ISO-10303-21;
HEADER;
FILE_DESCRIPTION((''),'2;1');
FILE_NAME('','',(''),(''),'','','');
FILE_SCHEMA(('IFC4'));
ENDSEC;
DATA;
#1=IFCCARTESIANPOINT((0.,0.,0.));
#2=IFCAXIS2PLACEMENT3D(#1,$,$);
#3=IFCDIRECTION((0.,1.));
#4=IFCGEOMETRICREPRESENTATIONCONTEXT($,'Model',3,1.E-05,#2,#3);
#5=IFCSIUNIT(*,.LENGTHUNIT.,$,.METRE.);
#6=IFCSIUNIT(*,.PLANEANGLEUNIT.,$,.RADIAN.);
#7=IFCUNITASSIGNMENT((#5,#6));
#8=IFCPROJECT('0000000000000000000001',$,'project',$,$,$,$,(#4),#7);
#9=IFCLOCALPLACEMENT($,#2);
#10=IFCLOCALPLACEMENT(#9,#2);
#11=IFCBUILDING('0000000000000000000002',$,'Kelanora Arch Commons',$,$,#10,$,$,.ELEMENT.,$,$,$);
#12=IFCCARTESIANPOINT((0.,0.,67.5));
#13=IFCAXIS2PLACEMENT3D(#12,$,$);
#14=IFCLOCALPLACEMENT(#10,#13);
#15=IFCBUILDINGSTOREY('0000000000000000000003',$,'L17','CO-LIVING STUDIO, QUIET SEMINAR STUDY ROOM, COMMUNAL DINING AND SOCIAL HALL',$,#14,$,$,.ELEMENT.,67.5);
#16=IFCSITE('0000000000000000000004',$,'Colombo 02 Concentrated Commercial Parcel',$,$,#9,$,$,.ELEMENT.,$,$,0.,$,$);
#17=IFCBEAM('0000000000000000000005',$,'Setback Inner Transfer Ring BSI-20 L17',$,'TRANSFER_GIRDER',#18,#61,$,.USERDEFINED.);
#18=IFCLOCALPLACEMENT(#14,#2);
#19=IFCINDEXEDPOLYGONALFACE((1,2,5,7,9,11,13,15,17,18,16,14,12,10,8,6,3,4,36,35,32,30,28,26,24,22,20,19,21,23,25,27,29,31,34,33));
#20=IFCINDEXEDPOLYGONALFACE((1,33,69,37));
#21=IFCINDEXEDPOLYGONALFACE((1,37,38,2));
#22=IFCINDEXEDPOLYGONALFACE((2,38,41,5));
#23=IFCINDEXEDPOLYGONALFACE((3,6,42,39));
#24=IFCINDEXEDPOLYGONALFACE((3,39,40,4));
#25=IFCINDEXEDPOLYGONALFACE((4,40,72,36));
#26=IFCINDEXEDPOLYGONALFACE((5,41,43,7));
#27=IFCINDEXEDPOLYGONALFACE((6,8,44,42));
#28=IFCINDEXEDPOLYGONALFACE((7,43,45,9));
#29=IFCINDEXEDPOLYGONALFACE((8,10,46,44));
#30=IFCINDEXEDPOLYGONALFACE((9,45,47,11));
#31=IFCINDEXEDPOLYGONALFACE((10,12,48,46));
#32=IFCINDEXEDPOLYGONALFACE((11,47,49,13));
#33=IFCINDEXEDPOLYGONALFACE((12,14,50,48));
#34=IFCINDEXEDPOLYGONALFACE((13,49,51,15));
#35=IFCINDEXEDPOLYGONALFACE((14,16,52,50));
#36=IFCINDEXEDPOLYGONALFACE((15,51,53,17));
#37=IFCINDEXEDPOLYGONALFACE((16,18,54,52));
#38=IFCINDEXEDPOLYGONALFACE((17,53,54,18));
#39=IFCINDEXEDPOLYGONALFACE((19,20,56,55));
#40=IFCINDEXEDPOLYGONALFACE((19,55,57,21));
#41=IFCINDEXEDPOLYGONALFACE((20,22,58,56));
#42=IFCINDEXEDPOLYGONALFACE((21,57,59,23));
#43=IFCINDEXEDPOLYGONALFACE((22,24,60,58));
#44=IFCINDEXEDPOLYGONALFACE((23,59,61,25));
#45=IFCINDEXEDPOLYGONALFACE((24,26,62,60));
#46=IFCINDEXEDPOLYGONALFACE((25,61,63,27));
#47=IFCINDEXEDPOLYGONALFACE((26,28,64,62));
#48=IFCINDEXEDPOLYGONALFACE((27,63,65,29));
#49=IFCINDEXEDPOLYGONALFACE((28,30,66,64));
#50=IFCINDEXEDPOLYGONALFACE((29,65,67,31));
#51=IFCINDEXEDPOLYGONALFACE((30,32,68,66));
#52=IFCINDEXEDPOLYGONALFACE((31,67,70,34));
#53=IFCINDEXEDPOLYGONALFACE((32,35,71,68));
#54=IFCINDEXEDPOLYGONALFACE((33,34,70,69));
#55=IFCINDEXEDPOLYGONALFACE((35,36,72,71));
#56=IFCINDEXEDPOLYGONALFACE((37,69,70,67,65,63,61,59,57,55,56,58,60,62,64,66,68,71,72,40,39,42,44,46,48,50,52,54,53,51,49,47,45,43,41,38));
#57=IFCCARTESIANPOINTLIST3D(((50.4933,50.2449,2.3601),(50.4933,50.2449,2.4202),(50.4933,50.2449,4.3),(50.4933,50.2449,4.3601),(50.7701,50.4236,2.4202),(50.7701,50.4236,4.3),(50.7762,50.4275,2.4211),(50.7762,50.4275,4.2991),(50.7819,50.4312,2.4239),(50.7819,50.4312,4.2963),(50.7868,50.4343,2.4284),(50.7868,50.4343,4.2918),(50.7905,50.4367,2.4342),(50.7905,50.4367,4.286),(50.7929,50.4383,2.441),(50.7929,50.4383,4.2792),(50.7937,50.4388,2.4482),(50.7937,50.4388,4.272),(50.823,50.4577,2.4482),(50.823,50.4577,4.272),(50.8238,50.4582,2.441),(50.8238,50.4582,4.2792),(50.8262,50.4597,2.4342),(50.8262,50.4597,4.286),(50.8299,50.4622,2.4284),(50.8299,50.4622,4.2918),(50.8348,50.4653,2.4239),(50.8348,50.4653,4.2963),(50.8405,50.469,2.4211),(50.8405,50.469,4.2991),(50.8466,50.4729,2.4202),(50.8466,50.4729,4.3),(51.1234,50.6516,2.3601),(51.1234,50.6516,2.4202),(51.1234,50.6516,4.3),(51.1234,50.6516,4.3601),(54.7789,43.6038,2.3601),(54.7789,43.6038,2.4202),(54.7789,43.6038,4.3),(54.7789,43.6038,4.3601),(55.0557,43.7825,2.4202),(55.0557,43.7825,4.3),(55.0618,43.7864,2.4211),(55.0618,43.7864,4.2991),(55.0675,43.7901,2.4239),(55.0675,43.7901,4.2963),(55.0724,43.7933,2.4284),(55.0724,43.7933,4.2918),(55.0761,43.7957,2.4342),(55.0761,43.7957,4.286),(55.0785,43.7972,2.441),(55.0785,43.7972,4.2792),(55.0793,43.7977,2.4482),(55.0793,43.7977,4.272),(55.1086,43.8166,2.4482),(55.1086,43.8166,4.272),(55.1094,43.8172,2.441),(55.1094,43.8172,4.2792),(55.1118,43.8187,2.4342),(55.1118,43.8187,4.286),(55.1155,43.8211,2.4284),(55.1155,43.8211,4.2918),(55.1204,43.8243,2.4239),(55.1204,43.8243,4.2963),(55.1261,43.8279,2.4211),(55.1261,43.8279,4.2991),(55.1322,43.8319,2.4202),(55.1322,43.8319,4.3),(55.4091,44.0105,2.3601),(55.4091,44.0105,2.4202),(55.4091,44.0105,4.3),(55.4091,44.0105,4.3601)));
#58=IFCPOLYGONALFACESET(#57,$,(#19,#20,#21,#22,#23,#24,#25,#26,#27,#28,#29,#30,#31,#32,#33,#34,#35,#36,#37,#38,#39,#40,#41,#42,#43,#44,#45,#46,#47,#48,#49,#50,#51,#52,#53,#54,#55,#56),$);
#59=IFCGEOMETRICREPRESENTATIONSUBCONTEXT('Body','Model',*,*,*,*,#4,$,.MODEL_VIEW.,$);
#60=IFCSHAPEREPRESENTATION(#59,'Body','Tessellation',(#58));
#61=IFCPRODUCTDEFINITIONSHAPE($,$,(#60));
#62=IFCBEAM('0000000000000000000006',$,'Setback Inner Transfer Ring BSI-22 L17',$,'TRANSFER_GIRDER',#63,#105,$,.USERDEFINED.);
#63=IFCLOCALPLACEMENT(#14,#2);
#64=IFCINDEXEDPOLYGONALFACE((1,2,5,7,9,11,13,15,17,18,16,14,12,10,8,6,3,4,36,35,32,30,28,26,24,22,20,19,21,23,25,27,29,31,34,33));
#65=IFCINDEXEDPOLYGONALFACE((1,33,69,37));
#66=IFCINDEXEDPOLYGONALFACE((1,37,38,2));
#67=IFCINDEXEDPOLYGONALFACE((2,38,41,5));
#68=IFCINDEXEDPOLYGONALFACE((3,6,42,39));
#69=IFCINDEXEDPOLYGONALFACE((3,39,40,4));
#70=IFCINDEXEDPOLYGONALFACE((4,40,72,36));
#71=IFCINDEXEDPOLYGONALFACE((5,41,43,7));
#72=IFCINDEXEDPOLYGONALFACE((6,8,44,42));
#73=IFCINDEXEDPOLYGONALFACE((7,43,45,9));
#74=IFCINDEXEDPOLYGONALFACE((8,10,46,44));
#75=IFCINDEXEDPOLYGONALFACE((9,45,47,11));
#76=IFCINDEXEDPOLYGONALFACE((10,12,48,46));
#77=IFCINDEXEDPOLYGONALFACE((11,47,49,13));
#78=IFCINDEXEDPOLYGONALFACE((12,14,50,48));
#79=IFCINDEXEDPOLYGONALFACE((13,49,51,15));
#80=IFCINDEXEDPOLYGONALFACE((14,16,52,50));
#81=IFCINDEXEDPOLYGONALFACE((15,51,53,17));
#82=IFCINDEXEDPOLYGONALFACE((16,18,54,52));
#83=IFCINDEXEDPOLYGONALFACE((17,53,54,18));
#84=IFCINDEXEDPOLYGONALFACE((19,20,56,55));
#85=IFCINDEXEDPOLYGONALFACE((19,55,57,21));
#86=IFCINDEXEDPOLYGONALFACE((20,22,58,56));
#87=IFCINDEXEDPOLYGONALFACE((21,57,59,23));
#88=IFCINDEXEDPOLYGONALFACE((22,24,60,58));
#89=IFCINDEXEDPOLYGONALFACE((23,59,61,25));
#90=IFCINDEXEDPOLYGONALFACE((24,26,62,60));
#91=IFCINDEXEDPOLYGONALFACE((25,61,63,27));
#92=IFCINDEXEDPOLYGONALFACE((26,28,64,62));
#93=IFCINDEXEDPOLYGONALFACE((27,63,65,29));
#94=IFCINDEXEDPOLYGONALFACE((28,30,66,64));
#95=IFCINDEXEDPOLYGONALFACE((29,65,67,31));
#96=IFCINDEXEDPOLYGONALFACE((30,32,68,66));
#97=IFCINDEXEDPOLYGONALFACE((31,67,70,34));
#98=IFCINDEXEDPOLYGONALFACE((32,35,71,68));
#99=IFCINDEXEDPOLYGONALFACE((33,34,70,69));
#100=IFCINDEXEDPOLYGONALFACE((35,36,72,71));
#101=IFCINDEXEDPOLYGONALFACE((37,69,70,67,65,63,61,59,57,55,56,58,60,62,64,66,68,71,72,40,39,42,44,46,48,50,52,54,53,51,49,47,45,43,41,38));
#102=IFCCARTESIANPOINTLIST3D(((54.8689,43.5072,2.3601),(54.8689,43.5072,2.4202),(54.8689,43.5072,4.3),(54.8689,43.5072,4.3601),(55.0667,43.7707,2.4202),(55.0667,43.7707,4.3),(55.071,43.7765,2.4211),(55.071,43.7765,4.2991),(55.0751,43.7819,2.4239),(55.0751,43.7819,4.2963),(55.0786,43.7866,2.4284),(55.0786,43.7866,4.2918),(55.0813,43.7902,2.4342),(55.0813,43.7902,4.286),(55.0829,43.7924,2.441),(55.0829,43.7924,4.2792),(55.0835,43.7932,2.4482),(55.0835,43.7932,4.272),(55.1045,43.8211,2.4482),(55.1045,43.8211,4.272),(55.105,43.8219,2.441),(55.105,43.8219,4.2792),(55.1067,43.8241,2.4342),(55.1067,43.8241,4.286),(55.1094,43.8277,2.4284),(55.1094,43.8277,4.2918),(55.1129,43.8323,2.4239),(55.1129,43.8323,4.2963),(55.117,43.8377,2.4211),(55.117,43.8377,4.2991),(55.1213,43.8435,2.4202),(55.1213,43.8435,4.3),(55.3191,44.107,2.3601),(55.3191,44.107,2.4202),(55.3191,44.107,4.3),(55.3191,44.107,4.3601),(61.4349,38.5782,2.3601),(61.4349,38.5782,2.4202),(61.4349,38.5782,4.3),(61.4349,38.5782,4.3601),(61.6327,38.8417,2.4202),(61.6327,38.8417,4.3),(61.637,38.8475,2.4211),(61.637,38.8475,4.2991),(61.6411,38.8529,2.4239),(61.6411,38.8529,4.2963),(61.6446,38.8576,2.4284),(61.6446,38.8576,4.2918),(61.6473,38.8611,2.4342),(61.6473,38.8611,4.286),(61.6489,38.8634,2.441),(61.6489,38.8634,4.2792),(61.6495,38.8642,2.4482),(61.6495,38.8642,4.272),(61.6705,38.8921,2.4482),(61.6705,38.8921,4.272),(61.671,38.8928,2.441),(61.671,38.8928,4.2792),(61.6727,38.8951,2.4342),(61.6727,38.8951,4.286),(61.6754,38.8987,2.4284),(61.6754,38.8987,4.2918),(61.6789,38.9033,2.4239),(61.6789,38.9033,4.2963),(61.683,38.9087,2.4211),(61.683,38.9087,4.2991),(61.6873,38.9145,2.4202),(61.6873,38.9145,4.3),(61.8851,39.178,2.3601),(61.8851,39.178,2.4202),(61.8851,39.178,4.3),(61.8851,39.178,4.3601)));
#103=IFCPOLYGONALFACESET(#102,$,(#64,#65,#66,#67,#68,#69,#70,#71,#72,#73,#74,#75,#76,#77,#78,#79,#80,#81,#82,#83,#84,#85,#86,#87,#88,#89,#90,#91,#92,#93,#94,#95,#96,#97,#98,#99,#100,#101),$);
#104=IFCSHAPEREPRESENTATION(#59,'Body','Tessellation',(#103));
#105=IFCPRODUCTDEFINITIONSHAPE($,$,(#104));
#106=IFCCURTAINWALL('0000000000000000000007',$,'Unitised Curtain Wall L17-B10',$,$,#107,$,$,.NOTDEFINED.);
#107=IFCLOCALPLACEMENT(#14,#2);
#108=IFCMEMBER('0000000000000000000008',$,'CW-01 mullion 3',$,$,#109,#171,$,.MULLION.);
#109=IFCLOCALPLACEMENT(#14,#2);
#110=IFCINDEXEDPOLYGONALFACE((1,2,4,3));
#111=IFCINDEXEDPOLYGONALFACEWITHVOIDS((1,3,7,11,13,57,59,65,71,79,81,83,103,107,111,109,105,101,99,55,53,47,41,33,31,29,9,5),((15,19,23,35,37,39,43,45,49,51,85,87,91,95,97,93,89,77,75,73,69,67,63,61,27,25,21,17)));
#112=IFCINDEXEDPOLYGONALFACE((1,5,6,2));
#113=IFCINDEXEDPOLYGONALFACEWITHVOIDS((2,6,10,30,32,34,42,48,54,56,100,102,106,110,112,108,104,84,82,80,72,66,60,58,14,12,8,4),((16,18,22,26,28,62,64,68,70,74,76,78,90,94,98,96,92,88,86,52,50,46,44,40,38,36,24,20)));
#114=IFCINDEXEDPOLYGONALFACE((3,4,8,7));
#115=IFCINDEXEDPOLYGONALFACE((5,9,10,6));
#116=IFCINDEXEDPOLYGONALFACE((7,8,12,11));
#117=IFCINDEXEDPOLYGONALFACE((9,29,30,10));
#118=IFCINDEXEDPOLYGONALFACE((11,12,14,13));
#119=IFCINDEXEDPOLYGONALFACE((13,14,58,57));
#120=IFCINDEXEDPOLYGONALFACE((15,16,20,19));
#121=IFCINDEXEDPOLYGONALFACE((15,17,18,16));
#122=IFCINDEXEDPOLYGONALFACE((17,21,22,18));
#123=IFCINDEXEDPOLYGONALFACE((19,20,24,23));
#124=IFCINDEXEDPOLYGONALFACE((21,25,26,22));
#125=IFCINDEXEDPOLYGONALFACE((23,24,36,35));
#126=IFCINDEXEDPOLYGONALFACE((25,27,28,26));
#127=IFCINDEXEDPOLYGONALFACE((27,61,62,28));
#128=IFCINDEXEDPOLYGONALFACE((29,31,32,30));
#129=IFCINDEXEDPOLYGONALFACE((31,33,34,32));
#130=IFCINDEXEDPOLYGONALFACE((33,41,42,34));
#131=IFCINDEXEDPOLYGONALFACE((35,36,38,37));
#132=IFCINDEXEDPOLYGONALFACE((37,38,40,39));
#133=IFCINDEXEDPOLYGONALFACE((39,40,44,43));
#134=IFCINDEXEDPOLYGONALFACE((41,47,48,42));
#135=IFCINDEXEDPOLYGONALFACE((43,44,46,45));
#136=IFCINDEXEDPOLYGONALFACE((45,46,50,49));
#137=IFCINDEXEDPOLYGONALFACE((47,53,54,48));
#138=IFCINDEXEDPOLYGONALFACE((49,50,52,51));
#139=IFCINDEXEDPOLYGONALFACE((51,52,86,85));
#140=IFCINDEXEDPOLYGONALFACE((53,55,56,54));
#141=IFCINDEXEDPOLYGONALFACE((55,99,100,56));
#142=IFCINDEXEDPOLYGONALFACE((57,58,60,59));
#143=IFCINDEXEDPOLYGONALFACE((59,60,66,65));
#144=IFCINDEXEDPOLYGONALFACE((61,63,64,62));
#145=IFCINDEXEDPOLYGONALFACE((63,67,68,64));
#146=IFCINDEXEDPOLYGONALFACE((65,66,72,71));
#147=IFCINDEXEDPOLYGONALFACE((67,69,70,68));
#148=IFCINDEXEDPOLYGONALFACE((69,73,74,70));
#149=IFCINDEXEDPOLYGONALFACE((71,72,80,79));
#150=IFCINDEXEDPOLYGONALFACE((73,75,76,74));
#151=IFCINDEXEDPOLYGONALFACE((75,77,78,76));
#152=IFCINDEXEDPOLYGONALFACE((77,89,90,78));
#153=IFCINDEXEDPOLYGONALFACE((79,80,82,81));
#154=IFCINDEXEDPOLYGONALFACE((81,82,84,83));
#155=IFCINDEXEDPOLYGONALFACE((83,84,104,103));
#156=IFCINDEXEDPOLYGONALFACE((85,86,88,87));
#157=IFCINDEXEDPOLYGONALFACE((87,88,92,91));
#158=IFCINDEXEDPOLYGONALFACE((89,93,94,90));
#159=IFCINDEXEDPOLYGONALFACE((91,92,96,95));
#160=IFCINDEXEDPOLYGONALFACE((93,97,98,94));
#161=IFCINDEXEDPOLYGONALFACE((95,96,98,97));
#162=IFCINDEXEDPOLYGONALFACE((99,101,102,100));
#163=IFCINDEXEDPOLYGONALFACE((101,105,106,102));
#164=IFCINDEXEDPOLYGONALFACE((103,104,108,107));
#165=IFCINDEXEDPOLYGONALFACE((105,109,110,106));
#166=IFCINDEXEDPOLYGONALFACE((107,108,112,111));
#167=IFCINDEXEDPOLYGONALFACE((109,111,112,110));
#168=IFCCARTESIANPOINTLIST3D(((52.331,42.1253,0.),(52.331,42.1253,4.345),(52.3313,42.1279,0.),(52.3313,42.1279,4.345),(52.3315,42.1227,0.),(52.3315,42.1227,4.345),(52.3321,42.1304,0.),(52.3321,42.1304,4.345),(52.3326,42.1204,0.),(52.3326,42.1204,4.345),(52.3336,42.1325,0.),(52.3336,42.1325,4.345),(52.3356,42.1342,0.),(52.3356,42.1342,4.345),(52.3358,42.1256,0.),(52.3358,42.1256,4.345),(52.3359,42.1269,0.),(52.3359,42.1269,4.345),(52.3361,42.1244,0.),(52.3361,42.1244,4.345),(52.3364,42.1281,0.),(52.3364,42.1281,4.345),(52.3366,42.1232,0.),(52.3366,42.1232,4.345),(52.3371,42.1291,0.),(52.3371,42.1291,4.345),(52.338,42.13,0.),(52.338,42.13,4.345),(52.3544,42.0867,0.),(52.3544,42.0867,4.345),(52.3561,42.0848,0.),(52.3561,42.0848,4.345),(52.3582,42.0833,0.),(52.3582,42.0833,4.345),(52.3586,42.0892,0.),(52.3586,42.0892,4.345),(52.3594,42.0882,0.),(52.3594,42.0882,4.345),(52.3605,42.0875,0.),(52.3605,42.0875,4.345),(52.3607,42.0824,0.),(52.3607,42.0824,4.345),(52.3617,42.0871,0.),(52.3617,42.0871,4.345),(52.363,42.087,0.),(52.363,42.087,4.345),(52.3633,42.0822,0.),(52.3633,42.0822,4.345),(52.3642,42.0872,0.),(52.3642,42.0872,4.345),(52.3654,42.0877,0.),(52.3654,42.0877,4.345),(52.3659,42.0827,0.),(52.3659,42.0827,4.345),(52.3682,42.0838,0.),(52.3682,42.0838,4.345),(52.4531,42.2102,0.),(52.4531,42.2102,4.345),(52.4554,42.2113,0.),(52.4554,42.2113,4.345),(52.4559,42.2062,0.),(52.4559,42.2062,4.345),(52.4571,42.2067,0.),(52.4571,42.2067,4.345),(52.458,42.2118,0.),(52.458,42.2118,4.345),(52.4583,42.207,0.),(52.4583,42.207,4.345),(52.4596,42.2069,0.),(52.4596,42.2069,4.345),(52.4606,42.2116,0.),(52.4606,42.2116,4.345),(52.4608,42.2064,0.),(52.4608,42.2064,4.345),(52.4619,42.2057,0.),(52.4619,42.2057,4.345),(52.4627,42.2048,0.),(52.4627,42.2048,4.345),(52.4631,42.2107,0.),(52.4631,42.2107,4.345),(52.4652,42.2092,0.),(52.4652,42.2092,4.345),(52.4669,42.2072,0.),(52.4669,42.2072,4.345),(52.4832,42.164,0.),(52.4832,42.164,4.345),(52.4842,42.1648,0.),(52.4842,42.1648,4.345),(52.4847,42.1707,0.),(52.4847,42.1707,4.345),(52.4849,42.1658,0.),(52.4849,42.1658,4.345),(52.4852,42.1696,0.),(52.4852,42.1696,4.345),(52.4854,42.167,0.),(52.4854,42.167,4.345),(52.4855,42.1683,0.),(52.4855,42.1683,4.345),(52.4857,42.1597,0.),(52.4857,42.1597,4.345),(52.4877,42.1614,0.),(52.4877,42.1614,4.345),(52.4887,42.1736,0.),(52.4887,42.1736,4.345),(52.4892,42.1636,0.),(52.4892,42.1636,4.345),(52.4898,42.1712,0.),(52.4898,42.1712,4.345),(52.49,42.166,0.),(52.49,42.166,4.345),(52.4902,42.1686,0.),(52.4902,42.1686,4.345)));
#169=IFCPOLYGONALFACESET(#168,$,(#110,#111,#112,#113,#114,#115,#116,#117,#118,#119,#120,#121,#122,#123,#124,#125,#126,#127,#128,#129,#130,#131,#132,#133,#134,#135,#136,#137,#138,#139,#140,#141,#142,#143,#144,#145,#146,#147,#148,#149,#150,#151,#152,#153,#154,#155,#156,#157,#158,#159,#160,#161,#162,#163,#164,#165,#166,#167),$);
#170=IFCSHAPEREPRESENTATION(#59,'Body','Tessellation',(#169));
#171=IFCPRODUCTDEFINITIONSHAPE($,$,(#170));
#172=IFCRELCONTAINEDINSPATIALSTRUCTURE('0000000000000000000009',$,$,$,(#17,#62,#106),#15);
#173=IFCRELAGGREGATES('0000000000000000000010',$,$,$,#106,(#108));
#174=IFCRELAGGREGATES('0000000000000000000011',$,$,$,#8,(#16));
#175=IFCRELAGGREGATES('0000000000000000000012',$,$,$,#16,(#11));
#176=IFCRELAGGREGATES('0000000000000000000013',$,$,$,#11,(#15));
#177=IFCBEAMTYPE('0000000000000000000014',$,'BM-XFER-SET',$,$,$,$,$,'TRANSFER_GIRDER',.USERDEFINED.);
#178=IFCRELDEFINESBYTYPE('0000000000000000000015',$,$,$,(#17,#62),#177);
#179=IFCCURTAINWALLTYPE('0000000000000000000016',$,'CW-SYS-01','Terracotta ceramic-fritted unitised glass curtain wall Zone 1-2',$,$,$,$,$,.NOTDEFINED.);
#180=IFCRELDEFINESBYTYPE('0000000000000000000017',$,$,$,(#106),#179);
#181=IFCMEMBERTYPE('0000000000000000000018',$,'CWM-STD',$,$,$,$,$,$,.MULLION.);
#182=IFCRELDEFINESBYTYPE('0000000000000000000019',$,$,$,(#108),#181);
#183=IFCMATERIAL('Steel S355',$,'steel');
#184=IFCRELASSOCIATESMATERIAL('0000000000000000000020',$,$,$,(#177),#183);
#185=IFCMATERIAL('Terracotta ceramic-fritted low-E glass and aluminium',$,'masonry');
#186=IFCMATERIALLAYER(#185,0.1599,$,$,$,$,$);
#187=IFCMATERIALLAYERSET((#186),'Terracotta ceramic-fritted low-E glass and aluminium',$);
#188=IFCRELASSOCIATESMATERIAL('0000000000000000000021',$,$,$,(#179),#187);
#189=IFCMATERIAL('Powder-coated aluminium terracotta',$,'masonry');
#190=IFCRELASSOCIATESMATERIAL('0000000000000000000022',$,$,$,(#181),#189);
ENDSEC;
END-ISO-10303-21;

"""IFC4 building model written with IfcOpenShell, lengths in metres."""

from ifc_helpers import new_model, si_unit, direction, frame, origin, origin_2d, place, context, subcontext, project, spatial, hollow_rectangle, i_section, extrude, material, layer, layer_set, material_profile, profile_set, type_object, element, aggregate, save


model = new_model("IFC4")

# Units and contexts
model_context = context("Model", 3, precision=1e-05, world=origin(), true_north=direction((0.0, 1.0)))
body_context = subcontext(model_context, "Body", "Model", "MODEL_VIEW")
ifc_project = project(units=[si_unit("LENGTHUNIT", "METRE"), si_unit("PLANEANGLEUNIT", "RADIAN")], contexts=[model_context])

# Site, building, storey
site_placement = place(None, origin())
site = spatial("IfcSite", under=ifc_project, at=site_placement, Name="Colombo 02 Concentrated Commercial Parcel", CompositionType="ELEMENT", RefElevation=0.0)
building_placement = place(site_placement, origin())
building = spatial("IfcBuilding", under=site, at=building_placement, Name="Kelanora Arch Commons", CompositionType="ELEMENT")
storey_placement = place(building_placement, frame((0.0, 0.0, 67.5)))
storey = spatial("IfcBuildingStorey", under=building, at=storey_placement, Name="L17", Description="CO-LIVING STUDIO, QUIET SEMINAR STUDY ROOM, COMMUNAL DINING AND SOCIAL HALL", CompositionType="ELEMENT", Elevation=67.5)

# Beams
ifc_material_1 = material(Name="Steel S355", Category="steel")
ifc_material_profile_1 = material_profile(ifc_material_1, i_section(OverallWidth=0.75, OverallDepth=2.0, WebThickness=0.0349, FlangeThickness=0.0601, FilletRadius=0.0281, at=origin_2d()), Name="PG2000x750")
ifc_profile_set_1 = profile_set([ifc_material_profile_1], Name="Steel S355")
beam_type_1 = type_object("IfcBeamType", Name="BM-XFER-SET", ElementType="TRANSFER_GIRDER", PredefinedType="USERDEFINED", material=ifc_profile_set_1)
beam_1_placement = place(storey_placement, frame((50.8083, 50.4482, 3.3601), z_axis=(0.542221, -0.840236, 0.0), x_axis=(0.840236, 0.542221, 0.0)))
element("IfcBeam", 1, at=beam_1_placement, inside=storey, type_object=beam_type_1, Name="Setback Inner Transfer Ring BSI-20 L17", ObjectType="TRANSFER_GIRDER", PredefinedType="USERDEFINED", context=body_context, shape_type="SweptSolid", body=[
    extrude(i_section(OverallWidth=0.75, OverallDepth=2.0, WebThickness=0.0349, FlangeThickness=0.0601, FilletRadius=0.0281, at=origin_2d()), origin(), (0.0, 0.0, 1.0), 7.9038),
])
beam_2_placement = place(storey_placement, frame((55.094, 43.8071, 3.3601), z_axis=(0.799736, -0.600352, 0.0), x_axis=(0.600352, 0.799736, 0.0)))
element("IfcBeam", 2, at=beam_2_placement, inside=storey, type_object=beam_type_1, Name="Setback Inner Transfer Ring BSI-22 L17", ObjectType="TRANSFER_GIRDER", PredefinedType="USERDEFINED", context=body_context, shape_type="SweptSolid", body=[
    extrude(i_section(OverallWidth=0.75, OverallDepth=2.0, WebThickness=0.0349, FlangeThickness=0.0601, FilletRadius=0.0281, at=origin_2d()), origin(), (0.0, 0.0, 1.0), 8.2102),
])

# Curtain wall, member
ifc_material_2 = material(Name="Terracotta ceramic-fritted low-E glass and aluminium", Category="masonry")
ifc_layer_1 = layer(ifc_material_2, 0.1599)
ifc_layer_set_1 = layer_set([ifc_layer_1], Name="Terracotta ceramic-fritted low-E glass and aluminium")
curtain_wall_type = type_object("IfcCurtainWallType", Name="CW-SYS-01", Description="Terracotta ceramic-fritted unitised glass curtain wall Zone 1-2", PredefinedType="NOTDEFINED", material=ifc_layer_set_1)
curtain_wall_placement = place(storey_placement, origin())
curtain_wall = element("IfcCurtainWall", 3, at=curtain_wall_placement, inside=storey, type_object=curtain_wall_type, Name="Unitised Curtain Wall L17-B10", PredefinedType="NOTDEFINED")
ifc_material_3 = material(Name="Powder-coated aluminium terracotta", Category="masonry")
ifc_material_profile_2 = material_profile(ifc_material_3, hollow_rectangle(XDim=0.1599, YDim=0.0601, WallThickness=0.0049, InnerFilletRadius=0.0049, OuterFilletRadius=0.01, at=origin_2d()), Name="CWM160x60")
ifc_profile_set_2 = profile_set([ifc_material_profile_2], Name="Powder-coated aluminium terracotta")
member_type_1 = type_object("IfcMemberType", Name="CWM-STD", PredefinedType="MULLION", material=ifc_profile_set_2)
member_1_placement = place(storey_placement, frame((52.4106, 42.147, 0.0), z_axis=(0.0, 0.0, 1.0), x_axis=(0.83973, 0.543004, 0.0)))
member_1 = element("IfcMember", 4, at=member_1_placement, type_object=member_type_1, Name="CW-01 mullion 3", PredefinedType="MULLION", context=body_context, shape_type="SweptSolid", body=[
    extrude(hollow_rectangle(XDim=0.1599, YDim=0.0601, WallThickness=0.0049, InnerFilletRadius=0.0049, OuterFilletRadius=0.01, at=origin_2d()), origin(), (0.0, 0.0, 1.0), 4.345),
])
aggregate(curtain_wall, [member_1])

save(model, "model.ifc")
